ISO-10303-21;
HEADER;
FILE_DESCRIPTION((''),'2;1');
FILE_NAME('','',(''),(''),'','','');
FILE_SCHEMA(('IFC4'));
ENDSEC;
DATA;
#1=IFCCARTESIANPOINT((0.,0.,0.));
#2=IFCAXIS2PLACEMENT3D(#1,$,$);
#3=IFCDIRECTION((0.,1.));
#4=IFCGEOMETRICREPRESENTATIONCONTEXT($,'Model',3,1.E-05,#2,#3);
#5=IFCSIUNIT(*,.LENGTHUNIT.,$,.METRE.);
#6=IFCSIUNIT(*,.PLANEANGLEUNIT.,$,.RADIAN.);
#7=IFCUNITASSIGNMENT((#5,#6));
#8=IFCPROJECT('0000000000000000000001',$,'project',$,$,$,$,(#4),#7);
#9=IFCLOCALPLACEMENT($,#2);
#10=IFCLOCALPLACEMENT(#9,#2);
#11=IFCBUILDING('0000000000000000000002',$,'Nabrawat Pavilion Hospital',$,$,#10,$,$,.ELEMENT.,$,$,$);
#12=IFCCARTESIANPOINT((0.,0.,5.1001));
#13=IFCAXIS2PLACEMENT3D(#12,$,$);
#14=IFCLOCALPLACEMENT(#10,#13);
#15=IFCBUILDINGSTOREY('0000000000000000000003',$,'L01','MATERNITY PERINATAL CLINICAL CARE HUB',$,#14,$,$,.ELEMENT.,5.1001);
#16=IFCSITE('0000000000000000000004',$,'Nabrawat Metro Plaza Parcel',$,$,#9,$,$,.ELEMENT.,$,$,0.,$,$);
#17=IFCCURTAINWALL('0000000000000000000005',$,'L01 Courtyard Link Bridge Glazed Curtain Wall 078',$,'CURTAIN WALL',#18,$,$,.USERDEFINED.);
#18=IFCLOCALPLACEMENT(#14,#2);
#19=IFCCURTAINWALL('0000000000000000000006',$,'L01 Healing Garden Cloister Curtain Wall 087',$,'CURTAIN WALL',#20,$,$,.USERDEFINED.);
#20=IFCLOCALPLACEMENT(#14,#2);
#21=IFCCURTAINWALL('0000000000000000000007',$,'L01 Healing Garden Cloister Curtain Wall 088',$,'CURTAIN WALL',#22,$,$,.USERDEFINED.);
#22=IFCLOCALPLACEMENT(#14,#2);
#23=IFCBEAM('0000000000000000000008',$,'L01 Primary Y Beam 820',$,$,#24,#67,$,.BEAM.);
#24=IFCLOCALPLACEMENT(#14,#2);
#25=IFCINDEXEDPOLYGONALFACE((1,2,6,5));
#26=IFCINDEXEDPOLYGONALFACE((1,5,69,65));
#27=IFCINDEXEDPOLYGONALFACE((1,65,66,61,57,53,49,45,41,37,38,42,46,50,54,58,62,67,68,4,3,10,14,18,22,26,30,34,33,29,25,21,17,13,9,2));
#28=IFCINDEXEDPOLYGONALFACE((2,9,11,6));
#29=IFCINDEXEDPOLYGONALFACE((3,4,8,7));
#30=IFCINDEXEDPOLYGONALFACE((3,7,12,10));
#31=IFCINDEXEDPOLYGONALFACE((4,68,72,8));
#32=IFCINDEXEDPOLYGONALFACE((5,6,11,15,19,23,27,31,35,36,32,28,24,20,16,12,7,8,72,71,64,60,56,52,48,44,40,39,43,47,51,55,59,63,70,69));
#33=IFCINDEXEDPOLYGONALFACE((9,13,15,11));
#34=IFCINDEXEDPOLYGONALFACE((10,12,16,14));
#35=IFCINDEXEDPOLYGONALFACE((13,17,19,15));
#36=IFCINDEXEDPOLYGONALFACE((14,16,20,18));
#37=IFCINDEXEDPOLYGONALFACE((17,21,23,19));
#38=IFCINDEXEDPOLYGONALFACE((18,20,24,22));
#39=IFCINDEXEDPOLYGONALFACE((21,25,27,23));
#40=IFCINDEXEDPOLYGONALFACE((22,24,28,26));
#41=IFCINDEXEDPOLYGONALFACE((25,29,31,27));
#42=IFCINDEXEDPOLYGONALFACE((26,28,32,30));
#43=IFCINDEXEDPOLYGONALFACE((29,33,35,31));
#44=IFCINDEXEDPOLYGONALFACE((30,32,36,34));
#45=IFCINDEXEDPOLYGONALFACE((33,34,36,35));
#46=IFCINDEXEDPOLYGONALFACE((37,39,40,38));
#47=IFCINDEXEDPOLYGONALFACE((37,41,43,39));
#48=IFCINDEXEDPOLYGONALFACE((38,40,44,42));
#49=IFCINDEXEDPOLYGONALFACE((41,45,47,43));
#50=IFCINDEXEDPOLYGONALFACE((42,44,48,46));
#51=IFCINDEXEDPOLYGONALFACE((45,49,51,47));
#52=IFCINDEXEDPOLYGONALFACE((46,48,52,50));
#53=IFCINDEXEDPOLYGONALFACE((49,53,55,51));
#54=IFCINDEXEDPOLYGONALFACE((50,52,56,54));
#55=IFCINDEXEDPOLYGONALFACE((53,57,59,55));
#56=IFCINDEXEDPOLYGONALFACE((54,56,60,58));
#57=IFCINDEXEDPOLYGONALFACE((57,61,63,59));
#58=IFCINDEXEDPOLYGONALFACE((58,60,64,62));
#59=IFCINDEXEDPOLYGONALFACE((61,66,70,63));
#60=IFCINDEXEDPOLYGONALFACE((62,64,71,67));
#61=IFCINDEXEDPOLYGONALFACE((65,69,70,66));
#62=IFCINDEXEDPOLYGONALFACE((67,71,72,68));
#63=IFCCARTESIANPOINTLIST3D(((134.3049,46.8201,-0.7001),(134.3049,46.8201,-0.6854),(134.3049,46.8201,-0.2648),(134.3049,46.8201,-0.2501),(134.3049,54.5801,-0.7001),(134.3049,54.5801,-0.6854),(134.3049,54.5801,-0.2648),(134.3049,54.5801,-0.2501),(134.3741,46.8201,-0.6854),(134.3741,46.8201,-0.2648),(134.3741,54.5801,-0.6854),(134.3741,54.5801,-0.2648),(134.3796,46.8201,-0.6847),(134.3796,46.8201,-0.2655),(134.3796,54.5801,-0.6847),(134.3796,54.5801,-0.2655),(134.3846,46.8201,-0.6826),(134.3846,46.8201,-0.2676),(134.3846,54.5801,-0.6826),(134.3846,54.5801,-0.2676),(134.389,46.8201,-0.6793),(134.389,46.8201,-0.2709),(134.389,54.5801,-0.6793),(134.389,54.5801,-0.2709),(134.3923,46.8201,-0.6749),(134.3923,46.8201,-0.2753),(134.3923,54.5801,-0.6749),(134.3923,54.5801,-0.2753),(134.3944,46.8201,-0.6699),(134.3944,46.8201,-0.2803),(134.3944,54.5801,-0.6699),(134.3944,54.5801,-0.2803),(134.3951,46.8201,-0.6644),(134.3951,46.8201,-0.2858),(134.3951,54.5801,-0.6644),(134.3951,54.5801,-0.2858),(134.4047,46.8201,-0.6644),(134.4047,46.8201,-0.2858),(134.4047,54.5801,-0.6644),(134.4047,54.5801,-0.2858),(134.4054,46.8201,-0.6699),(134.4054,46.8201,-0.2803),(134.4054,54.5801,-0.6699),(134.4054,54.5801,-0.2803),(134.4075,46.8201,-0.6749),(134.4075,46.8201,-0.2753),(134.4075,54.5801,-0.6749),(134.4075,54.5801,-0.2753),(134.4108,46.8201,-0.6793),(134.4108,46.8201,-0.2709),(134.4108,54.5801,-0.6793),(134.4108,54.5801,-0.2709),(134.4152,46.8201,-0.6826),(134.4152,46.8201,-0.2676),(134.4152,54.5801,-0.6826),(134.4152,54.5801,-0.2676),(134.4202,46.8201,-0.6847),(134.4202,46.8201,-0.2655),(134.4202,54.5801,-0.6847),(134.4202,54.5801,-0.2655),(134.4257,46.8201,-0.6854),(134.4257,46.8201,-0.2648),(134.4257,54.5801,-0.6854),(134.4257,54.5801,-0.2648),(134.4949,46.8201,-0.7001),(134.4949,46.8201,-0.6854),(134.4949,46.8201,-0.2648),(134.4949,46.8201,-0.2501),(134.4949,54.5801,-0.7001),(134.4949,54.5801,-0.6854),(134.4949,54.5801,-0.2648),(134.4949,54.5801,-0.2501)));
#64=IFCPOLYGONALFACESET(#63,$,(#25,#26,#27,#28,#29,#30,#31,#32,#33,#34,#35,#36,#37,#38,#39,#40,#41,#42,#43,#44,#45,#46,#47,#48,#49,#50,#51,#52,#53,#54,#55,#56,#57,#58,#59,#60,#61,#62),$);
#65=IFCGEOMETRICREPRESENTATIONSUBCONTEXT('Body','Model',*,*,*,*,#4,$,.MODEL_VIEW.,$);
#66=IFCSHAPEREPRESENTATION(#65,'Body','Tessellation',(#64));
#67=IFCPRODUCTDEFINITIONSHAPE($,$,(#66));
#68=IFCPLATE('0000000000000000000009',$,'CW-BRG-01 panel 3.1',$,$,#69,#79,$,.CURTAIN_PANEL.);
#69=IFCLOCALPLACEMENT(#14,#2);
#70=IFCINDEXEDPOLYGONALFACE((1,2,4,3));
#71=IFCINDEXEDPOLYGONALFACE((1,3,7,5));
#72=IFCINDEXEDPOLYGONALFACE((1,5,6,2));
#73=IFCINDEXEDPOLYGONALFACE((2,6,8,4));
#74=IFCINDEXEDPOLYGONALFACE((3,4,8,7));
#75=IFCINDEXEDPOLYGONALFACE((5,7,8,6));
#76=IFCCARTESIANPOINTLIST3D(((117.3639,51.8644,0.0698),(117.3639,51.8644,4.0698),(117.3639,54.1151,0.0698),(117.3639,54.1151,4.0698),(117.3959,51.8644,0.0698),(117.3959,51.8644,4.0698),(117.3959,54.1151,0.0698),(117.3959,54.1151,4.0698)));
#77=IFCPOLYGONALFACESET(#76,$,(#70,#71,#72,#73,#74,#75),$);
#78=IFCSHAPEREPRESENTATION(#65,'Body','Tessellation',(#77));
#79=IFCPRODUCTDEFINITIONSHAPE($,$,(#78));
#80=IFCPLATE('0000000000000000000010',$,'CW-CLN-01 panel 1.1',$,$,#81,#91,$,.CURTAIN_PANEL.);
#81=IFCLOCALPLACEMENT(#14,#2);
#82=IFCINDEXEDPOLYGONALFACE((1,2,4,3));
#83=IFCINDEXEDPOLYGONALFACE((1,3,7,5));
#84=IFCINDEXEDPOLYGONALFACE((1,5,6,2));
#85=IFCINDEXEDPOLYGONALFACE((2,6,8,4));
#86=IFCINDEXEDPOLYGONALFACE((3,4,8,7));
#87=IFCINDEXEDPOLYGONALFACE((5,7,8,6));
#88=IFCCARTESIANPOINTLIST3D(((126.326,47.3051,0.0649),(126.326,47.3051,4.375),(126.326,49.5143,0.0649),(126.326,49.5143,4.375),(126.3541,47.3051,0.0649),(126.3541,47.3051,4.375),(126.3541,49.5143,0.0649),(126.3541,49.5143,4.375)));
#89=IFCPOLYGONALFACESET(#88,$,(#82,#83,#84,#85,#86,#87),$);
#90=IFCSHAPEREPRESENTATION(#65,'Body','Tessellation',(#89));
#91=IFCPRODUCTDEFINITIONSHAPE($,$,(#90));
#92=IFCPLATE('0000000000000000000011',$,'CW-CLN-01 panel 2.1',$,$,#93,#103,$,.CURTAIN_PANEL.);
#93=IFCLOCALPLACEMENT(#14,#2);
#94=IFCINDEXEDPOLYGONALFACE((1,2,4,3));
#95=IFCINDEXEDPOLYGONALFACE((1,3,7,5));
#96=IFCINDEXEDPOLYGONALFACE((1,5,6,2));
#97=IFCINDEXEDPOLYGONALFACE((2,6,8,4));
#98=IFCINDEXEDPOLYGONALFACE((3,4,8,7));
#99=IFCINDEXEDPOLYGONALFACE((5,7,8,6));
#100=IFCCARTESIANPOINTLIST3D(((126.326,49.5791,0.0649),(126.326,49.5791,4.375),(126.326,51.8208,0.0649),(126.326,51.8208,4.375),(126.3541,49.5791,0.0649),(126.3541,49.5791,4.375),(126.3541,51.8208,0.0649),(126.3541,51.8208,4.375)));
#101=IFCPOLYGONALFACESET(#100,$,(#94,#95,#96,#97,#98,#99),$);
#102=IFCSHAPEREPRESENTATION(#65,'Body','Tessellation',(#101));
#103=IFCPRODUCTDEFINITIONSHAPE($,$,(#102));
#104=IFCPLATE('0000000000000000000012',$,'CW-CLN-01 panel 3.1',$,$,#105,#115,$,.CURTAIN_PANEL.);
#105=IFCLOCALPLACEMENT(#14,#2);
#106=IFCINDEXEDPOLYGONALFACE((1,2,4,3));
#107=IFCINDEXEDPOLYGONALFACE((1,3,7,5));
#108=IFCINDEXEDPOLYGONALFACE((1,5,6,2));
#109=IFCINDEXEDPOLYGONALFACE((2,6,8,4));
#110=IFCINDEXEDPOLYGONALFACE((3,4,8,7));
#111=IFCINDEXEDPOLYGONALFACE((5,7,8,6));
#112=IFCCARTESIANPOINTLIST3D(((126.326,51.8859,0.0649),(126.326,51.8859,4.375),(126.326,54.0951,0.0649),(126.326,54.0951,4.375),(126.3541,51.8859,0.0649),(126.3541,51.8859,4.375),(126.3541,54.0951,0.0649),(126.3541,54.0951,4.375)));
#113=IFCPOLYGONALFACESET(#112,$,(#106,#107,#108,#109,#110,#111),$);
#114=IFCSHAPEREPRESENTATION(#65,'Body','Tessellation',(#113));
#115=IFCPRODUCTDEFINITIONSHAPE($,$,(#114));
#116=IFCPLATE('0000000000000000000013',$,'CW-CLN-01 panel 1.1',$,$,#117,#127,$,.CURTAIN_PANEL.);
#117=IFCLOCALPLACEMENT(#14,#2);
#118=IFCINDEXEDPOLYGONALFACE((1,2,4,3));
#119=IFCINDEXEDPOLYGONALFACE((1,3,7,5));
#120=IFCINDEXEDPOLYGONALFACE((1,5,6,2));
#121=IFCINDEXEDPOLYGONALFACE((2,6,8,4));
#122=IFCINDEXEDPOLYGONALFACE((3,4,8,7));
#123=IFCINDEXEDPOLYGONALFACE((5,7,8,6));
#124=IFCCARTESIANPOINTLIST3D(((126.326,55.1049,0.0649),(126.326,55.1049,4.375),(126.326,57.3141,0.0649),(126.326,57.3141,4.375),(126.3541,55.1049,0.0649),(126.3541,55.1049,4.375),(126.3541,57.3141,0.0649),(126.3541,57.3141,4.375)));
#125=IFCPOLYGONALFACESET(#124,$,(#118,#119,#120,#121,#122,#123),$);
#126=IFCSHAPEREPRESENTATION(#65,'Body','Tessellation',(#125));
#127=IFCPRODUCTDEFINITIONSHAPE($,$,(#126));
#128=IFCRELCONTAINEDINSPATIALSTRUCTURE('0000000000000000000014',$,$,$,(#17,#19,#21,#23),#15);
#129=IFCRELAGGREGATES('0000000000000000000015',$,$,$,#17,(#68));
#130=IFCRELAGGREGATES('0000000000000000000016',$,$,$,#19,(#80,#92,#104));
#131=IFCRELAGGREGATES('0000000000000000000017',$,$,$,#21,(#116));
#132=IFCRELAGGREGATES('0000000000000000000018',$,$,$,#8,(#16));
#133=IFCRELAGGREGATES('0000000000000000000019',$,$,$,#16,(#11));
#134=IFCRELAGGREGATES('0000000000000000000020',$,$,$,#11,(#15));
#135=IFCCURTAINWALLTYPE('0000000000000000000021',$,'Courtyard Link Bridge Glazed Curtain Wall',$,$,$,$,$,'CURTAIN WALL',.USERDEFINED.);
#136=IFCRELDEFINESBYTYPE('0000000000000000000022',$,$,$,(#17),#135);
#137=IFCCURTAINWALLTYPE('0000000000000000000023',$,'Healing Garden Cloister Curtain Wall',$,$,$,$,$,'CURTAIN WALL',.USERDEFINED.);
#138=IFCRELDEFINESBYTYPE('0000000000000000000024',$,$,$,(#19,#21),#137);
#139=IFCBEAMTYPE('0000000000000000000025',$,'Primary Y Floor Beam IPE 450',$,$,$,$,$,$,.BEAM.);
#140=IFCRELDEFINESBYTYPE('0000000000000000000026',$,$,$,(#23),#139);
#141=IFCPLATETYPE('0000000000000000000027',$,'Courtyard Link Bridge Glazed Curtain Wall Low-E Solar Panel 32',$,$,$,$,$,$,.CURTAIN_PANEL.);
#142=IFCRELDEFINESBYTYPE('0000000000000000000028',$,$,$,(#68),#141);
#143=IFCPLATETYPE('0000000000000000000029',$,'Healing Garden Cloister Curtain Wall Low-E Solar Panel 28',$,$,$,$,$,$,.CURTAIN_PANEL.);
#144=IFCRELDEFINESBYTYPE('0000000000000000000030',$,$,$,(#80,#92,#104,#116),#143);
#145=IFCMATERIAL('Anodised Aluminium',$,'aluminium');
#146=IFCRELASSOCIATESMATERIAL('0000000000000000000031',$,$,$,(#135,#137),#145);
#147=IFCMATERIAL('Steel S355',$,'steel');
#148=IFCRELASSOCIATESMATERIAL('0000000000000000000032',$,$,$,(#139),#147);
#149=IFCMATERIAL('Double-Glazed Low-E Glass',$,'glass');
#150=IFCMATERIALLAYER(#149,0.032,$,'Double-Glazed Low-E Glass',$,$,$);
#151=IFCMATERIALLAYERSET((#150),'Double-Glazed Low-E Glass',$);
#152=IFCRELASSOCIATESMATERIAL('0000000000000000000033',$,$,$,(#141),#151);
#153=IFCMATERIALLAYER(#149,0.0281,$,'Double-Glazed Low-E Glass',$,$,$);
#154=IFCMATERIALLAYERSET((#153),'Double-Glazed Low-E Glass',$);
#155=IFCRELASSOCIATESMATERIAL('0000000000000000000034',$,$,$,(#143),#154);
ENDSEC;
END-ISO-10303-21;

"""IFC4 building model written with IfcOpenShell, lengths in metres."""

from ifc_helpers import new_model, si_unit, direction, frame, origin, origin_2d, place, context, subcontext, project, spatial, rectangle, i_section, extrude, material, layer, layer_set, material_profile, profile_set, type_object, element, aggregate, save


model = new_model("IFC4")

# Units and contexts
model_context = context("Model", 3, precision=1e-05, world=origin(), true_north=direction((0.0, 1.0)))
body_context = subcontext(model_context, "Body", "Model", "MODEL_VIEW")
ifc_project = project(units=[si_unit("LENGTHUNIT", "METRE"), si_unit("PLANEANGLEUNIT", "RADIAN")], contexts=[model_context])

# Site, building, storey
site_placement = place(None, origin())
site = spatial("IfcSite", under=ifc_project, at=site_placement, Name="Nabrawat Metro Plaza Parcel", CompositionType="ELEMENT", RefElevation=0.0)
building_placement = place(site_placement, origin())
building = spatial("IfcBuilding", under=site, at=building_placement, Name="Nabrawat Pavilion Hospital", CompositionType="ELEMENT")
storey_placement = place(building_placement, frame((0.0, 0.0, 5.1001)))
storey = spatial("IfcBuildingStorey", under=building, at=storey_placement, Name="L01", Description="MATERNITY PERINATAL CLINICAL CARE HUB", CompositionType="ELEMENT", Elevation=5.1001)

# Shared definitions
ifc_material_1 = material(Name="Steel S355", Category="steel")

# Curtain wall
ifc_material_2 = material(Name="Anodised Aluminium", Category="aluminium")
curtain_wall_type_1 = type_object("IfcCurtainWallType", Name="Courtyard Link Bridge Glazed Curtain Wall", ElementType="CURTAIN WALL", PredefinedType="USERDEFINED", material=ifc_material_2)
curtain_wall_1_placement = place(storey_placement, origin())
curtain_wall_1 = element("IfcCurtainWall", 1, at=curtain_wall_1_placement, inside=storey, type_object=curtain_wall_type_1, Name="L01 Courtyard Link Bridge Glazed Curtain Wall 078", ObjectType="CURTAIN WALL", PredefinedType="USERDEFINED")

# Curtain wall
curtain_wall_type_2 = type_object("IfcCurtainWallType", Name="Healing Garden Cloister Curtain Wall", ElementType="CURTAIN WALL", PredefinedType="USERDEFINED", material=ifc_material_2)
curtain_wall_2_placement = place(storey_placement, origin())
curtain_wall_2 = element("IfcCurtainWall", 2, at=curtain_wall_2_placement, inside=storey, type_object=curtain_wall_type_2, Name="L01 Healing Garden Cloister Curtain Wall 087", ObjectType="CURTAIN WALL", PredefinedType="USERDEFINED")

# Curtain wall
curtain_wall_3_placement = place(storey_placement, origin())
curtain_wall_3 = element("IfcCurtainWall", 3, at=curtain_wall_3_placement, inside=storey, type_object=curtain_wall_type_2, Name="L01 Healing Garden Cloister Curtain Wall 088", ObjectType="CURTAIN WALL", PredefinedType="USERDEFINED")

# Beam
ifc_material_profile_1 = material_profile(ifc_material_1, i_section(OverallWidth=0.1899, OverallDepth=0.45, WebThickness=0.0095, FlangeThickness=0.0146, FilletRadius=0.021, at=origin_2d()), Name="IPE 450")
ifc_profile_set_1 = profile_set([ifc_material_profile_1], Name="Steel S355")
beam_type_1 = type_object("IfcBeamType", Name="Primary Y Floor Beam IPE 450", PredefinedType="BEAM", material=ifc_profile_set_1)
beam_1_placement = place(storey_placement, frame((134.3999, 46.8201, -0.4751), z_axis=(0.0, 1.0, 0.0), x_axis=(-1.0, 0.0, 0.0)))
element("IfcBeam", 4, at=beam_1_placement, inside=storey, type_object=beam_type_1, Name="L01 Primary Y Beam 820", PredefinedType="BEAM", context=body_context, shape_type="SweptSolid", body=[
    extrude(i_section(OverallWidth=0.1899, OverallDepth=0.45, WebThickness=0.0095, FlangeThickness=0.0146, FilletRadius=0.021, at=origin_2d()), origin(), (0.0, 0.0, 1.0), 7.76),
])

# Plates
ifc_material_3 = material(Name="Double-Glazed Low-E Glass", Category="glass")
ifc_layer_1 = layer(ifc_material_3, 0.032, Name="Double-Glazed Low-E Glass")
ifc_layer_set_1 = layer_set([ifc_layer_1], Name="Double-Glazed Low-E Glass")
plate_type_1 = type_object("IfcPlateType", Name="Courtyard Link Bridge Glazed Curtain Wall Low-E Solar Panel 32", PredefinedType="CURTAIN_PANEL", material=ifc_layer_set_1)
plate_1_placement = place(storey_placement, frame((117.3799, 52.9897, 0.0698), z_axis=(0.0, 0.0, 1.0), x_axis=(0.0, 1.0, 0.0)))
plate_1 = element("IfcPlate", 5, at=plate_1_placement, type_object=plate_type_1, Name="CW-BRG-01 panel 3.1", PredefinedType="CURTAIN_PANEL", context=body_context, shape_type="SweptSolid", body=[
    extrude(rectangle(XDim=2.2507, YDim=0.032, at=origin_2d()), origin(), (0.0, 0.0, 1.0), 4.0),
])
aggregate(curtain_wall_1, [plate_1])
ifc_layer_2 = layer(ifc_material_3, 0.0281, Name="Double-Glazed Low-E Glass")
ifc_layer_set_2 = layer_set([ifc_layer_2], Name="Double-Glazed Low-E Glass")
plate_type_2 = type_object("IfcPlateType", Name="Healing Garden Cloister Curtain Wall Low-E Solar Panel 28", PredefinedType="CURTAIN_PANEL", material=ifc_layer_set_2)
plate_2_placement = place(storey_placement, frame((126.3401, 48.4097, 0.0649), z_axis=(0.0, 0.0, 1.0), x_axis=(0.0, 1.0, 0.0)))
plate_2 = element("IfcPlate", 6, at=plate_2_placement, type_object=plate_type_2, Name="CW-CLN-01 panel 1.1", PredefinedType="CURTAIN_PANEL", context=body_context, shape_type="SweptSolid", body=[
    extrude(rectangle(XDim=2.2092, YDim=0.0281, at=origin_2d()), origin(), (0.0, 0.0, 1.0), 4.3101),
])
plate_3_placement = place(storey_placement, frame((126.3401, 50.7, 0.0649), z_axis=(0.0, 0.0, 1.0), x_axis=(0.0, 1.0, 0.0)))
plate_3 = element("IfcPlate", 7, at=plate_3_placement, type_object=plate_type_2, Name="CW-CLN-01 panel 2.1", PredefinedType="CURTAIN_PANEL", context=body_context, shape_type="SweptSolid", body=[
    extrude(rectangle(XDim=2.2417, YDim=0.0281, at=origin_2d()), origin(), (0.0, 0.0, 1.0), 4.3101),
])
plate_4_placement = place(storey_placement, frame((126.3401, 52.9905, 0.0649), z_axis=(0.0, 0.0, 1.0), x_axis=(0.0, 1.0, 0.0)))
plate_4 = element("IfcPlate", 8, at=plate_4_placement, type_object=plate_type_2, Name="CW-CLN-01 panel 3.1", PredefinedType="CURTAIN_PANEL", context=body_context, shape_type="SweptSolid", body=[
    extrude(rectangle(XDim=2.2092, YDim=0.0281, at=origin_2d()), origin(), (0.0, 0.0, 1.0), 4.3101),
])
aggregate(curtain_wall_2, [plate_2, plate_3, plate_4])
plate_5_placement = place(storey_placement, frame((126.3401, 56.2095, 0.0649), z_axis=(0.0, 0.0, 1.0), x_axis=(0.0, 1.0, 0.0)))
plate_5 = element("IfcPlate", 9, at=plate_5_placement, type_object=plate_type_2, Name="CW-CLN-01 panel 1.1", PredefinedType="CURTAIN_PANEL", context=body_context, shape_type="SweptSolid", body=[
    extrude(rectangle(XDim=2.2092, YDim=0.0281, at=origin_2d()), origin(), (0.0, 0.0, 1.0), 4.3101),
])
aggregate(curtain_wall_3, [plate_5])

save(model, "model.ifc")
